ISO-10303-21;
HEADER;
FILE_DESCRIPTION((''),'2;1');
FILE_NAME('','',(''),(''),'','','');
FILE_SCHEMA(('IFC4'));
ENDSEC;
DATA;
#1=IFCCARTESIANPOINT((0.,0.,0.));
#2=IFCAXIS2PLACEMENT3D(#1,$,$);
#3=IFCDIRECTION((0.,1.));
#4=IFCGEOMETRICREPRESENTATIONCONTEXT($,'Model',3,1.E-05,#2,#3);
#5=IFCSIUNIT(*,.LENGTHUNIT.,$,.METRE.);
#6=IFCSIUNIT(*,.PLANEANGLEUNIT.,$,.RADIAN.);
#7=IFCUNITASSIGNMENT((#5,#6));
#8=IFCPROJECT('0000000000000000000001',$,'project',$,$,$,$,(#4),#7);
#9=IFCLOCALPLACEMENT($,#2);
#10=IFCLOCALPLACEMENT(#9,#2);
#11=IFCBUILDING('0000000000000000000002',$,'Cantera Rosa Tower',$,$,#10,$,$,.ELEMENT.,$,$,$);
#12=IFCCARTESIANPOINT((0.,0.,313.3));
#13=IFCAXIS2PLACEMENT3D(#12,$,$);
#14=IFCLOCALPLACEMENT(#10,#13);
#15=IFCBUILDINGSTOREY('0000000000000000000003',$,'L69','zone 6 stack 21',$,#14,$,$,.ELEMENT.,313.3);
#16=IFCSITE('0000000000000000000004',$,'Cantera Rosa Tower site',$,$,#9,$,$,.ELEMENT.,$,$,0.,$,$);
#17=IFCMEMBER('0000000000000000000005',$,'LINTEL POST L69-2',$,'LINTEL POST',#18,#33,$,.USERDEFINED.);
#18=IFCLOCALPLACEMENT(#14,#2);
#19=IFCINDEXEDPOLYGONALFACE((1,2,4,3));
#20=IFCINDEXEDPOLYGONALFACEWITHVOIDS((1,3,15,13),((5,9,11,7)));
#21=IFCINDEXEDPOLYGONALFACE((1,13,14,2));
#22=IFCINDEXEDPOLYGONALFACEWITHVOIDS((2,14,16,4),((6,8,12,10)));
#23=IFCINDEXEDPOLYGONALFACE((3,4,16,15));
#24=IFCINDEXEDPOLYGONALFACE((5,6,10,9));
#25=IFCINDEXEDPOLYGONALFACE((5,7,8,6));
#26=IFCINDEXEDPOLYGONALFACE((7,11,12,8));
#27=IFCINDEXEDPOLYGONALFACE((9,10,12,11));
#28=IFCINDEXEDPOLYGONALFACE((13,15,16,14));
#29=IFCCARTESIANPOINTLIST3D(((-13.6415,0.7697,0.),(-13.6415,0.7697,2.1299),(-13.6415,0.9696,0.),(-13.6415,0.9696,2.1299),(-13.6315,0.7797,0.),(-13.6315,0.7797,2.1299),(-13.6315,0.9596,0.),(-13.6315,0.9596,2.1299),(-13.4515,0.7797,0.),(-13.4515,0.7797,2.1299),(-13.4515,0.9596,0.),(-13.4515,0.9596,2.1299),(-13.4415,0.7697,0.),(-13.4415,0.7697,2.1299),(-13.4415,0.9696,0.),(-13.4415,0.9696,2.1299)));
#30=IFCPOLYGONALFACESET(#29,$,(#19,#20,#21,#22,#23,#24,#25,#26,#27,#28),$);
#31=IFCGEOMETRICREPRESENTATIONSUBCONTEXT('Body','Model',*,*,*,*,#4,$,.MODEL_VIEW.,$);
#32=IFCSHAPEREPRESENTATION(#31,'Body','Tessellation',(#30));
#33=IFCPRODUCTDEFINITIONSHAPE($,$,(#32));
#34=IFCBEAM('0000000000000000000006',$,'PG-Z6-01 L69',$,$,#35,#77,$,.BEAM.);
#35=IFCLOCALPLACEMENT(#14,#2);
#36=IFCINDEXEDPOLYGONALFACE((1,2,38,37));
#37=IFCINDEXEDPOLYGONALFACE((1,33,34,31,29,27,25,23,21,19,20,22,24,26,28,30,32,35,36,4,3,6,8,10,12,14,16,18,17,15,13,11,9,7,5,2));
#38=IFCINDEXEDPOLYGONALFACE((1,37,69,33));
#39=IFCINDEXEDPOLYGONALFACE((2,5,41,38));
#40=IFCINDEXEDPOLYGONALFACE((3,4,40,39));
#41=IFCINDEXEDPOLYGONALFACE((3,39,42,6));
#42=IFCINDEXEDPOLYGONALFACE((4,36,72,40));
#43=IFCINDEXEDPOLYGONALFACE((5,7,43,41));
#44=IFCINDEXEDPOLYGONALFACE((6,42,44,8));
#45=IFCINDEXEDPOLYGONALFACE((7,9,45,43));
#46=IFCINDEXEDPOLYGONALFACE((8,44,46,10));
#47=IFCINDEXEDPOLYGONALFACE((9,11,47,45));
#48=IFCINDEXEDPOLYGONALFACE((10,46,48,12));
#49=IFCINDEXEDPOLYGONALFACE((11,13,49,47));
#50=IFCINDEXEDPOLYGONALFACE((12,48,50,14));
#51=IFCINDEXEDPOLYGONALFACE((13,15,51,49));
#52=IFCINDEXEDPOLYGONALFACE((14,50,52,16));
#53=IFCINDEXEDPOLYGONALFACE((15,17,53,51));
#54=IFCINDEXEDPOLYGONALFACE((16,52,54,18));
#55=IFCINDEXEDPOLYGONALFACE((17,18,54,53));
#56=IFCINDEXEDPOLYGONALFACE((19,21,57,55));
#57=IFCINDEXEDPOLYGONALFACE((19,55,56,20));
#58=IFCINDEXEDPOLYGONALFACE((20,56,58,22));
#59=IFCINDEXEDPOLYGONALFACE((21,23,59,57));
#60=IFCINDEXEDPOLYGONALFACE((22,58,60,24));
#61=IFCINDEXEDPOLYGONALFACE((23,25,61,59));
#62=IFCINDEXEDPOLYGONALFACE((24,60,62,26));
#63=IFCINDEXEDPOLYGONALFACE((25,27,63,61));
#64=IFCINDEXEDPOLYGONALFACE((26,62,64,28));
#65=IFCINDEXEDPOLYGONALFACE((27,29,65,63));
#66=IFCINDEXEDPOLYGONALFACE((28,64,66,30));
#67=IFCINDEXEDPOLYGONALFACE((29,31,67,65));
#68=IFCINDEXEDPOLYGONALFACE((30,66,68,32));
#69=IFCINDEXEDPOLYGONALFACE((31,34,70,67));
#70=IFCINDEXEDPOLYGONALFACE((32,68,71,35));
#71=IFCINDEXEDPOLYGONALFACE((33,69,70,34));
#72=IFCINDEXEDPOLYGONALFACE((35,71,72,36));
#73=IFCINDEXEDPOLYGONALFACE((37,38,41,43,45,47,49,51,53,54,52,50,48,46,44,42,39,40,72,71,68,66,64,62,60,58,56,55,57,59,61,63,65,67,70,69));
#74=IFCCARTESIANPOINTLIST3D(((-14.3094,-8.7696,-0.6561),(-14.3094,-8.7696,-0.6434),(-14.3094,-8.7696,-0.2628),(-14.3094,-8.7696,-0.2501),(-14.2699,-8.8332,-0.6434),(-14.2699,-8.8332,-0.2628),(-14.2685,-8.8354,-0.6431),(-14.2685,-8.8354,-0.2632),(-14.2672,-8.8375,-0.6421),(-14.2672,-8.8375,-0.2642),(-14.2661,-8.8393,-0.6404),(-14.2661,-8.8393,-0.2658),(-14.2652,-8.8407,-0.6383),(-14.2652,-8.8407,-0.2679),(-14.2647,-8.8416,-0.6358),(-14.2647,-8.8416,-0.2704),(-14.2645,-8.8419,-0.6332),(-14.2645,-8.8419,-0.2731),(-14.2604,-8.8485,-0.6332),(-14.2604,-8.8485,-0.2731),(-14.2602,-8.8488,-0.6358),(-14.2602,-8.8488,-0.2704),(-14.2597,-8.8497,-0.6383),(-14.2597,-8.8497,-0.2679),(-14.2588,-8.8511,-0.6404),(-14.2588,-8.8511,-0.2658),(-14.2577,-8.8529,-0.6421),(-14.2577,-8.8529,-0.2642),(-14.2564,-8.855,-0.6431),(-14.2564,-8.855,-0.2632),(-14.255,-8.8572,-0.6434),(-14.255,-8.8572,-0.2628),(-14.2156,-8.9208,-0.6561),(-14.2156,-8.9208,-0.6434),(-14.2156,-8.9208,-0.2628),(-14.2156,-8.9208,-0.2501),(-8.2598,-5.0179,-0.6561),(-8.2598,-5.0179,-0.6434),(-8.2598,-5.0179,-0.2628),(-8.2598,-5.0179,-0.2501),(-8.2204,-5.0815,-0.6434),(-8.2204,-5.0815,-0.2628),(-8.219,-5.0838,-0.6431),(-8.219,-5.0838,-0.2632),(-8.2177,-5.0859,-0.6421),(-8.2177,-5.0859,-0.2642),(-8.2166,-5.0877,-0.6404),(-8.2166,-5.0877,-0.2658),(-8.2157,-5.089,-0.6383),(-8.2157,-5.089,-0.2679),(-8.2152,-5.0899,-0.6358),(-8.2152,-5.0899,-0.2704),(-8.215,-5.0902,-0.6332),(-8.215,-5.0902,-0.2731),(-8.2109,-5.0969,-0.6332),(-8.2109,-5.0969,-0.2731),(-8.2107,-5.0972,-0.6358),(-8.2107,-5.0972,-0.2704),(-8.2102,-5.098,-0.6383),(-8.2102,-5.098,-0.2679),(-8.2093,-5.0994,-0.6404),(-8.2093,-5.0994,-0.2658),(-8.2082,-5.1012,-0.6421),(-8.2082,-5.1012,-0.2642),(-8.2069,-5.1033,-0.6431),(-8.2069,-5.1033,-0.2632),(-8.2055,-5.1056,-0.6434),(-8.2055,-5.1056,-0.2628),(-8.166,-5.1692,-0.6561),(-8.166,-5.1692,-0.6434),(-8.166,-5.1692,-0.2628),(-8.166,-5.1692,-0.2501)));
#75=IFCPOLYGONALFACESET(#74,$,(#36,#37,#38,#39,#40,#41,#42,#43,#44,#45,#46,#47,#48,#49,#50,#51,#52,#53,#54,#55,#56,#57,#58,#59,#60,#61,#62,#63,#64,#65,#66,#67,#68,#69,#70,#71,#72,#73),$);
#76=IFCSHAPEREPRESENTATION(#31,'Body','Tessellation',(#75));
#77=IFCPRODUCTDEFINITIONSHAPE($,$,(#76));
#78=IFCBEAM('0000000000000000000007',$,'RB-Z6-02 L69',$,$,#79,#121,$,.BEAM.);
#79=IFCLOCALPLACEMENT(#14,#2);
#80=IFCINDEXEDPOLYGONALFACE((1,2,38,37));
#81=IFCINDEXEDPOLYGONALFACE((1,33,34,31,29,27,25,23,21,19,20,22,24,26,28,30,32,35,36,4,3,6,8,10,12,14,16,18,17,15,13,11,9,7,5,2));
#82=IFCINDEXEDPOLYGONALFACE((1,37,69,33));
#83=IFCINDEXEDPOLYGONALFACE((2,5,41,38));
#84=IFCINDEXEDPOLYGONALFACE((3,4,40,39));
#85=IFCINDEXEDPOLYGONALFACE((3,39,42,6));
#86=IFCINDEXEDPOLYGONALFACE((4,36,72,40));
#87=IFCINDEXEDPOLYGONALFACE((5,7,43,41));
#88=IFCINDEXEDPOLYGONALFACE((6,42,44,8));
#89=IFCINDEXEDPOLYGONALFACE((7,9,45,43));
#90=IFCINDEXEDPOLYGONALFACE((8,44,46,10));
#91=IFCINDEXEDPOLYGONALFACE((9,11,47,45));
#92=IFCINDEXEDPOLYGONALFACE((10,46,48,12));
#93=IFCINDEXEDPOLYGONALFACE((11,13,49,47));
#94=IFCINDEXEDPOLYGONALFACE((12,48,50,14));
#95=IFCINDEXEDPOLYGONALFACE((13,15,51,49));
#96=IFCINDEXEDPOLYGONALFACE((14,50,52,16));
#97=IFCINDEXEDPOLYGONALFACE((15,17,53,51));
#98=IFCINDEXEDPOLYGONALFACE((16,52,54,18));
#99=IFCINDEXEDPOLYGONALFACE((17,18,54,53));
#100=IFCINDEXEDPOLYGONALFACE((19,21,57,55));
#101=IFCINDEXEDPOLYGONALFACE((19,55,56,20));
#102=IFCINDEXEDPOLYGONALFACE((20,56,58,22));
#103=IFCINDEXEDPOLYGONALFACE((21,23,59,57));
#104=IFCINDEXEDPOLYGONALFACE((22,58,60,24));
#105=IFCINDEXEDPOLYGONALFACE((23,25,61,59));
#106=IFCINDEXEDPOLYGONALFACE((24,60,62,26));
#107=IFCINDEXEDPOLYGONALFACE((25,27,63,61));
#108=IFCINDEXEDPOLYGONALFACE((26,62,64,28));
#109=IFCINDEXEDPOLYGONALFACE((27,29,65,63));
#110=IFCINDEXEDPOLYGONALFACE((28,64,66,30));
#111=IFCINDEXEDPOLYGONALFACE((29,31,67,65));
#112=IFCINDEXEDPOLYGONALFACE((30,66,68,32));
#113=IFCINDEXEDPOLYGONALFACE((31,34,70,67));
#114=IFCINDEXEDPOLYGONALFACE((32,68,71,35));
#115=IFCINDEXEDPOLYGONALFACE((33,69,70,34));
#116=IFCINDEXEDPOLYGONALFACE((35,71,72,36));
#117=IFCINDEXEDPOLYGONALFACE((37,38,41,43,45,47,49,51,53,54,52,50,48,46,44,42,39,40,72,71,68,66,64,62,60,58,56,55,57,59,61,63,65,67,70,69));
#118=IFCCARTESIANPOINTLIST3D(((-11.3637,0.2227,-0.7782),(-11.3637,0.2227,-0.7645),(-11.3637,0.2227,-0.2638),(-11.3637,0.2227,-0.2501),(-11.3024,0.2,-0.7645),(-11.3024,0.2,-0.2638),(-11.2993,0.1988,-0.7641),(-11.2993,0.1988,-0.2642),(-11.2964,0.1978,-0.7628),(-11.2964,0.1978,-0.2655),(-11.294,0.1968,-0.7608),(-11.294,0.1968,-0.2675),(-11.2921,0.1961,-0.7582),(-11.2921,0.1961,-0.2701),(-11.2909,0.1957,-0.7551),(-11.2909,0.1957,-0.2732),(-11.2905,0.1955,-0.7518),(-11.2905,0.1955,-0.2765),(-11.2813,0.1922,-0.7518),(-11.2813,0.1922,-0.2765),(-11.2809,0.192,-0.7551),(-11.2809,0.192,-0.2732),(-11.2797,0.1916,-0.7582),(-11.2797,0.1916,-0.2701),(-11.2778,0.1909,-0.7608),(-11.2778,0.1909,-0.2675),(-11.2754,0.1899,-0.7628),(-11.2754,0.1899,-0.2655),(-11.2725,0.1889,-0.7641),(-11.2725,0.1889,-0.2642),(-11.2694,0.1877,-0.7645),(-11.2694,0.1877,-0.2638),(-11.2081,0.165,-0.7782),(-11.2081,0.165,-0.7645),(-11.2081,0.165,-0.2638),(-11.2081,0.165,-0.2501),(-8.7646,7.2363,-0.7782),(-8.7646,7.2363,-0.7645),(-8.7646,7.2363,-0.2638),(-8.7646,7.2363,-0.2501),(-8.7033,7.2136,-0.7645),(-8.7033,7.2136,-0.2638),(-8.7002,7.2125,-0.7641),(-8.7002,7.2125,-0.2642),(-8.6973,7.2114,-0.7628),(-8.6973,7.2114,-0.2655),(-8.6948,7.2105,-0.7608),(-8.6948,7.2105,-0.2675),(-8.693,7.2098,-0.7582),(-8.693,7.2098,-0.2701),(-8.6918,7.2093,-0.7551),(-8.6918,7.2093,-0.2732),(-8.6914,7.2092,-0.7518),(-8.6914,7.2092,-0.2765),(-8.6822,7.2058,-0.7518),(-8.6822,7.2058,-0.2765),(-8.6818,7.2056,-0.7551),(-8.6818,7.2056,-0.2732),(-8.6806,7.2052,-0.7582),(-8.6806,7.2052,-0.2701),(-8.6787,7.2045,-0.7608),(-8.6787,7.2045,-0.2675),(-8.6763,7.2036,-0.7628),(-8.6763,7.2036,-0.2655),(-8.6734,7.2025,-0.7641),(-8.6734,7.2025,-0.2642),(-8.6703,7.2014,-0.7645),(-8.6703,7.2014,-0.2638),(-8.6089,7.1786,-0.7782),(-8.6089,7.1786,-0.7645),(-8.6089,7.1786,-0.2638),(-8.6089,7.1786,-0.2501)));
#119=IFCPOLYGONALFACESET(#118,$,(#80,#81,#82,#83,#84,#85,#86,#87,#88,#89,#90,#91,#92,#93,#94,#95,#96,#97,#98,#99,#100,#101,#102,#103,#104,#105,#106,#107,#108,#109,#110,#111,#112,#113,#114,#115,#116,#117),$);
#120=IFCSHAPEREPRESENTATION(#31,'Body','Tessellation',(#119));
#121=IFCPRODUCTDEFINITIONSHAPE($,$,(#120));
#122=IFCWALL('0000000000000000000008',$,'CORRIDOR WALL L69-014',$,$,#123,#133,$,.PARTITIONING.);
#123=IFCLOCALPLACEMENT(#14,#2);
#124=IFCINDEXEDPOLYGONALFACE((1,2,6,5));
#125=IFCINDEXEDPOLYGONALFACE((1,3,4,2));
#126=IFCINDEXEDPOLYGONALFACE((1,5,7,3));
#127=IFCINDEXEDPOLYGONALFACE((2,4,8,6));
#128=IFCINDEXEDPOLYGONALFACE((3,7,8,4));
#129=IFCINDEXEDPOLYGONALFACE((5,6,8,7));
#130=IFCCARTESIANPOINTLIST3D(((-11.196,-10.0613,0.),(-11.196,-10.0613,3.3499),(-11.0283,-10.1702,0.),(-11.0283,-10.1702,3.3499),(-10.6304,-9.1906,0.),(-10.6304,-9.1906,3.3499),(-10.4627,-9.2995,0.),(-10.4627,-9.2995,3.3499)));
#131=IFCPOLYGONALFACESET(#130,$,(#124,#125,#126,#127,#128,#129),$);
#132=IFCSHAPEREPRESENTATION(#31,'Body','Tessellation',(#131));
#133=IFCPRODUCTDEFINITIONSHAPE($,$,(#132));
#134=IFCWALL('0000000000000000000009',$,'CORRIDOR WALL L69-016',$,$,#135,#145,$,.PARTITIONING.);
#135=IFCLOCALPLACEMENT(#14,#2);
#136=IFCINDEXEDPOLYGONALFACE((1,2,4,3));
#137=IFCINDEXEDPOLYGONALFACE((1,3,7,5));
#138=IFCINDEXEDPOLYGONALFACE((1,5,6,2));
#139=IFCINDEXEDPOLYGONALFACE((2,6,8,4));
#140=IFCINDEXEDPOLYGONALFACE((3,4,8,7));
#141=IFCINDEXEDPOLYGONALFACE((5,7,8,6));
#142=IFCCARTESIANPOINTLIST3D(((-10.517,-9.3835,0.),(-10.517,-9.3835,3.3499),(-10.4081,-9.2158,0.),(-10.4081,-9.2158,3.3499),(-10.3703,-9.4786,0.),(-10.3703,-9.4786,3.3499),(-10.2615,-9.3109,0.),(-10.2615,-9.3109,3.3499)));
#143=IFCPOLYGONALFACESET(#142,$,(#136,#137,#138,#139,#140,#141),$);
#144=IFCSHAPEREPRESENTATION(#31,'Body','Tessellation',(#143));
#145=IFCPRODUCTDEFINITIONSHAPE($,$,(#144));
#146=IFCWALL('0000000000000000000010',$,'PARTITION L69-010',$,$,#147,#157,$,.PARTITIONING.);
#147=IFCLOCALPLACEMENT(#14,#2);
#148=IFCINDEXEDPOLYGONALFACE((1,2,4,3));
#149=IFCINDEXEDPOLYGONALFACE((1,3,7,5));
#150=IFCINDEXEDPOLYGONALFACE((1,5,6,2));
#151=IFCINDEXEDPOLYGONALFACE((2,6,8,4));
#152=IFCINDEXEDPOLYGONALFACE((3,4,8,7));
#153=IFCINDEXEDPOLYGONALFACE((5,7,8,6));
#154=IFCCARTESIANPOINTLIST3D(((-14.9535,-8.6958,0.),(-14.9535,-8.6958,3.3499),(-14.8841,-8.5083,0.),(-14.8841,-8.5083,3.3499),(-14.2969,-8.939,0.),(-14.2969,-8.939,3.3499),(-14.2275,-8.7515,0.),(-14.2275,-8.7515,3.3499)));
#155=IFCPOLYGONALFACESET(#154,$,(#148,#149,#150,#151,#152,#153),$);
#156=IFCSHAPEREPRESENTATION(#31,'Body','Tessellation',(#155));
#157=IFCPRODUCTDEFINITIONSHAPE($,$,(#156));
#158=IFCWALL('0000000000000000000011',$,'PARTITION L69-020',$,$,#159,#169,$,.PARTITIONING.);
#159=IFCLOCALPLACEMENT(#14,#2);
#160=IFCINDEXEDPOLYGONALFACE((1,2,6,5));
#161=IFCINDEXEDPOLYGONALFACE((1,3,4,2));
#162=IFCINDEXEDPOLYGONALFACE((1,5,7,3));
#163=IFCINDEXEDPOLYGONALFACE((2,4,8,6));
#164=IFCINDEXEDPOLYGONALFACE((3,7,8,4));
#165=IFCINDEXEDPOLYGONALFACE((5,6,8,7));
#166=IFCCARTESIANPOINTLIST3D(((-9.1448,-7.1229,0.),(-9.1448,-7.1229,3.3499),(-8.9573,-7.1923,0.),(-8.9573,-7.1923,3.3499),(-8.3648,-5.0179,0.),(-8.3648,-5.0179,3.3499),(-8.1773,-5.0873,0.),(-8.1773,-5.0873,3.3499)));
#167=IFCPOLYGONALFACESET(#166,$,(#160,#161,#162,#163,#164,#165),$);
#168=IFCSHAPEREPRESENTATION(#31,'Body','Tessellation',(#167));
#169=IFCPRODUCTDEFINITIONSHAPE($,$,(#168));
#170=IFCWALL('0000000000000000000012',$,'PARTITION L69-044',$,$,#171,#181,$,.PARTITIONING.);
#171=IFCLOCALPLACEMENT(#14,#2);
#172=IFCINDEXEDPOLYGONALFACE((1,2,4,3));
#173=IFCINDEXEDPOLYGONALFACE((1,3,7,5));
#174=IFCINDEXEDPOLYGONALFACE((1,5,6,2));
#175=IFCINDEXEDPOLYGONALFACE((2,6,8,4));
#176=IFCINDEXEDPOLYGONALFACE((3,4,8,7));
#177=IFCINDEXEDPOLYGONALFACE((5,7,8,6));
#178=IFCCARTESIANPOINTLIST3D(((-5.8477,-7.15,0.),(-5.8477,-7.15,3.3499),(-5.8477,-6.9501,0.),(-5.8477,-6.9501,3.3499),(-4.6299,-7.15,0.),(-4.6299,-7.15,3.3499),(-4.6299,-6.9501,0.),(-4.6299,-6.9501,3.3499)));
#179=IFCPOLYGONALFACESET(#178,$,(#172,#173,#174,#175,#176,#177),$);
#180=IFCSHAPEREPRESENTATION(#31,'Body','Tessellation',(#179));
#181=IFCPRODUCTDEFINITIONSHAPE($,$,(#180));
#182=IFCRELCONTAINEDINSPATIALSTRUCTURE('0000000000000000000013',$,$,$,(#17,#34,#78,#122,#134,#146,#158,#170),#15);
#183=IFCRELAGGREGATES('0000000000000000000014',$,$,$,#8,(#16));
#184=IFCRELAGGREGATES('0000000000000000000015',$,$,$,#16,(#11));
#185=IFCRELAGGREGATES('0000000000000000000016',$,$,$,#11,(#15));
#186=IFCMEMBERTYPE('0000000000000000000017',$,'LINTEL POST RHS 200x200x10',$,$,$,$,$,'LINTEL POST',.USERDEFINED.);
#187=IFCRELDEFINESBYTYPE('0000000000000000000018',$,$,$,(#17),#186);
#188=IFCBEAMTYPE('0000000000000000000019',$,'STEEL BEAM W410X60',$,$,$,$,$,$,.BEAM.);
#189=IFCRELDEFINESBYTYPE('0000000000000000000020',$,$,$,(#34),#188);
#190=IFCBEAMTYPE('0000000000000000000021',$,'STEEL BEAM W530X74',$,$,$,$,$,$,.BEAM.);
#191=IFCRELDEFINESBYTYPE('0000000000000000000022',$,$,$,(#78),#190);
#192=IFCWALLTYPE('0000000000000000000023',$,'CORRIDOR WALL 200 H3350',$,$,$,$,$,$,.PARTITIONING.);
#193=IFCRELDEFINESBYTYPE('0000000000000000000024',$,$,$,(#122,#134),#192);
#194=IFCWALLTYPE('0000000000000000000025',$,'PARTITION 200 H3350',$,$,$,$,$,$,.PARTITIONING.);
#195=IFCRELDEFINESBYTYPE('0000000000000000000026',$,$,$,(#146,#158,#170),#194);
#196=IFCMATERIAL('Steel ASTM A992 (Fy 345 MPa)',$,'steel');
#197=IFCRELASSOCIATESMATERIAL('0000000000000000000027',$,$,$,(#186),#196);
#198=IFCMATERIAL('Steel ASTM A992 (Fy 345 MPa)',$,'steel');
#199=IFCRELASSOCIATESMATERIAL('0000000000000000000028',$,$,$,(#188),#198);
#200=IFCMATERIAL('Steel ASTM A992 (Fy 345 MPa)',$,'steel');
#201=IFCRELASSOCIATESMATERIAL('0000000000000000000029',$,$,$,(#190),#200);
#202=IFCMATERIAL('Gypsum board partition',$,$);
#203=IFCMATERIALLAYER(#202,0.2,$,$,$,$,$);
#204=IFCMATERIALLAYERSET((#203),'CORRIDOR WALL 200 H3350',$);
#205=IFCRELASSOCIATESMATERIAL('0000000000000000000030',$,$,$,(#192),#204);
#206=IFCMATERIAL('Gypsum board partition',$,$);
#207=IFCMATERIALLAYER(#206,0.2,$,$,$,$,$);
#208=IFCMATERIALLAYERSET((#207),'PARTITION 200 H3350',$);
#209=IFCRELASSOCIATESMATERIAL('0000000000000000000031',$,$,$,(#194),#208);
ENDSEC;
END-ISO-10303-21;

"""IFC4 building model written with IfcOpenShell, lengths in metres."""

from ifc_helpers import new_model, si_unit, direction, frame, frame_2d, origin, origin_2d, place, context, subcontext, project, spatial, rectangle, hollow_rectangle, i_section, extrude, material, layer, layer_set, material_profile, profile_set, type_object, element, save


model = new_model("IFC4")

# Units and contexts
model_context = context("Model", 3, precision=1e-05, world=origin(), true_north=direction((0.0, 1.0)))
body_context = subcontext(model_context, "Body", "Model", "MODEL_VIEW")
ifc_project = project(units=[si_unit("LENGTHUNIT", "METRE"), si_unit("PLANEANGLEUNIT", "RADIAN")], contexts=[model_context])

# Site, building, storey
site_placement = place(None, origin())
site = spatial("IfcSite", under=ifc_project, at=site_placement, Name="Cantera Rosa Tower site", CompositionType="ELEMENT", RefElevation=0.0)
building_placement = place(site_placement, origin())
building = spatial("IfcBuilding", under=site, at=building_placement, Name="Cantera Rosa Tower", CompositionType="ELEMENT")
storey_placement = place(building_placement, frame((0.0, 0.0, 313.3)))
storey = spatial("IfcBuildingStorey", under=building, at=storey_placement, Name="L69", Description="zone 6 stack 21", CompositionType="ELEMENT", Elevation=313.3)

# Member
ifc_material_1 = material(Name="Steel ASTM A992 (Fy 345 MPa)", Category="steel")
ifc_material_profile_1 = material_profile(ifc_material_1, hollow_rectangle(XDim=0.2, YDim=0.2, WallThickness=0.01, at=origin_2d()), Name="LINTEL POST RHS 200x200x10")
ifc_profile_set_1 = profile_set([ifc_material_profile_1], Name="Steel ASTM A992 (Fy 345 MPa)")
member_type = type_object("IfcMemberType", Name="LINTEL POST RHS 200x200x10", ElementType="LINTEL POST", PredefinedType="USERDEFINED", material=ifc_profile_set_1)
member_placement = place(storey_placement, frame((-13.5415, 0.8696, 0.0), z_axis=(0.0, 0.0, 1.0), x_axis=(1.0, 0.0, 0.0)))
element("IfcMember", 1, at=member_placement, inside=storey, type_object=member_type, Name="LINTEL POST L69-2", ObjectType="LINTEL POST", PredefinedType="USERDEFINED", context=body_context, shape_type="SweptSolid", body=[
    extrude(hollow_rectangle(XDim=0.2, YDim=0.2, WallThickness=0.01, at=origin_2d()), origin(), (0.0, 0.0, 1.0), 2.1299),
])

# Beams
ifc_material_2 = material(Name="Steel ASTM A992 (Fy 345 MPa)", Category="steel")
ifc_material_profile_2 = material_profile(ifc_material_2, i_section(OverallWidth=0.178, OverallDepth=0.406, WebThickness=0.0078, FlangeThickness=0.0127, FilletRadius=0.0103, at=origin_2d()), Name="W410X60")
ifc_profile_set_2 = profile_set([ifc_material_profile_2], Name="Steel ASTM A992 (Fy 345 MPa)")
beam_type_1 = type_object("IfcBeamType", Name="STEEL BEAM W410X60", PredefinedType="BEAM", material=ifc_profile_set_2)
beam_1_placement = place(storey_placement, frame((-14.2625, -8.8452, -0.4531), z_axis=(0.849841, 0.527039, 0.0), x_axis=(-0.527039, 0.849841, 0.0)))
element("IfcBeam", 2, at=beam_1_placement, inside=storey, type_object=beam_type_1, Name="PG-Z6-01 L69", PredefinedType="BEAM", context=body_context, shape_type="SweptSolid", body=[
    extrude(i_section(OverallWidth=0.178, OverallDepth=0.406, WebThickness=0.0078, FlangeThickness=0.0127, FilletRadius=0.0103, at=origin_2d()), origin(), (0.0, 0.0, 1.0), 7.1184),
])
ifc_material_3 = material(Name="Steel ASTM A992 (Fy 345 MPa)", Category="steel")
ifc_material_profile_3 = material_profile(ifc_material_3, i_section(OverallWidth=0.166, OverallDepth=0.5281, WebThickness=0.0098, FlangeThickness=0.0137, FilletRadius=0.0127, at=origin_2d()), Name="W530X74")
ifc_profile_set_3 = profile_set([ifc_material_profile_3], Name="Steel ASTM A992 (Fy 345 MPa)")
beam_type_2 = type_object("IfcBeamType", Name="STEEL BEAM W530X74", PredefinedType="BEAM", material=ifc_profile_set_3)
beam_2_placement = place(storey_placement, frame((-11.2859, 0.1938, -0.5142), z_axis=(0.347487, 0.937685, 0.0), x_axis=(-0.937685, 0.347487, 0.0)))
element("IfcBeam", 3, at=beam_2_placement, inside=storey, type_object=beam_type_2, Name="RB-Z6-02 L69", PredefinedType="BEAM", context=body_context, shape_type="SweptSolid", body=[
    extrude(i_section(OverallWidth=0.166, OverallDepth=0.5281, WebThickness=0.0098, FlangeThickness=0.0137, FilletRadius=0.0127, at=origin_2d()), origin(), (0.0, 0.0, 1.0), 7.4797),
])

# Walls
ifc_material_4 = material(Name="Gypsum board partition")
ifc_layer_1 = layer(ifc_material_4, 0.2)
ifc_layer_set_1 = layer_set([ifc_layer_1], Name="CORRIDOR WALL 200 H3350")
wall_type_1 = type_object("IfcWallType", Name="CORRIDOR WALL 200 H3350", PredefinedType="PARTITIONING", material=ifc_layer_set_1)
wall_1_placement = place(storey_placement, frame((-10.5466, -9.2451, 0.0), z_axis=(0.0, 0.0, 1.0), x_axis=(-0.544732, -0.83861, 0.0)))
element("IfcWall", 4, at=wall_1_placement, inside=storey, type_object=wall_type_1, Name="CORRIDOR WALL L69-014", PredefinedType="PARTITIONING", context=body_context, shape_type="SweptSolid", body=[
    extrude(rectangle(XDim=1.0383, YDim=0.2, at=frame_2d((0.519, 0.0))), origin(), (0.0, 0.0, 1.0), 3.3499),
])
wall_2_placement = place(storey_placement, frame((-10.3159, -9.3948, 0.0), z_axis=(0.0, 0.0, 1.0), x_axis=(-0.838858, 0.54435, 0.0)))
element("IfcWall", 5, at=wall_2_placement, inside=storey, type_object=wall_type_1, Name="CORRIDOR WALL L69-016", PredefinedType="PARTITIONING", context=body_context, shape_type="SweptSolid", body=[
    extrude(rectangle(XDim=0.1748, YDim=0.2, at=frame_2d((0.0874, 0.0))), origin(), (0.0, 0.0, 1.0), 3.3499),
])
ifc_material_5 = material(Name="Gypsum board partition")
ifc_layer_2 = layer(ifc_material_5, 0.2)
ifc_layer_set_2 = layer_set([ifc_layer_2], Name="PARTITION 200 H3350")
wall_type_2 = type_object("IfcWallType", Name="PARTITION 200 H3350", PredefinedType="PARTITIONING", material=ifc_layer_set_2)
wall_3_placement = place(storey_placement, frame((-14.2622, -8.8452, 0.0), z_axis=(0.0, 0.0, 1.0), x_axis=(-0.93774, 0.347337, 0.0)))
element("IfcWall", 6, at=wall_3_placement, inside=storey, type_object=wall_type_2, Name="PARTITION L69-010", PredefinedType="PARTITIONING", context=body_context, shape_type="SweptSolid", body=[
    extrude(rectangle(XDim=0.7002, YDim=0.2, at=frame_2d((0.3501, 0.0))), origin(), (0.0, 0.0, 1.0), 3.3499),
])
wall_4_placement = place(storey_placement, frame((-8.271, -5.0525, 0.0), z_axis=(0.0, 0.0, 1.0), x_axis=(-0.347474, -0.93769, 0.0)))
element("IfcWall", 7, at=wall_4_placement, inside=storey, type_object=wall_type_2, Name="PARTITION L69-020", PredefinedType="PARTITIONING", context=body_context, shape_type="SweptSolid", body=[
    extrude(rectangle(XDim=2.2449, YDim=0.2, at=frame_2d((1.1226, 0.0))), origin(), (0.0, 0.0, 1.0), 3.3499),
])
wall_5_placement = place(storey_placement, frame((-4.6299, -7.05, 0.0), z_axis=(0.0, 0.0, 1.0), x_axis=(-1.0, 0.0, 0.0)))
element("IfcWall", 8, at=wall_5_placement, inside=storey, type_object=wall_type_2, Name="PARTITION L69-044", PredefinedType="PARTITIONING", context=body_context, shape_type="SweptSolid", body=[
    extrude(rectangle(XDim=1.2178, YDim=0.2, at=frame_2d((0.6089, 0.0))), origin(), (0.0, 0.0, 1.0), 3.3499),
])

save(model, "model.ifc")
